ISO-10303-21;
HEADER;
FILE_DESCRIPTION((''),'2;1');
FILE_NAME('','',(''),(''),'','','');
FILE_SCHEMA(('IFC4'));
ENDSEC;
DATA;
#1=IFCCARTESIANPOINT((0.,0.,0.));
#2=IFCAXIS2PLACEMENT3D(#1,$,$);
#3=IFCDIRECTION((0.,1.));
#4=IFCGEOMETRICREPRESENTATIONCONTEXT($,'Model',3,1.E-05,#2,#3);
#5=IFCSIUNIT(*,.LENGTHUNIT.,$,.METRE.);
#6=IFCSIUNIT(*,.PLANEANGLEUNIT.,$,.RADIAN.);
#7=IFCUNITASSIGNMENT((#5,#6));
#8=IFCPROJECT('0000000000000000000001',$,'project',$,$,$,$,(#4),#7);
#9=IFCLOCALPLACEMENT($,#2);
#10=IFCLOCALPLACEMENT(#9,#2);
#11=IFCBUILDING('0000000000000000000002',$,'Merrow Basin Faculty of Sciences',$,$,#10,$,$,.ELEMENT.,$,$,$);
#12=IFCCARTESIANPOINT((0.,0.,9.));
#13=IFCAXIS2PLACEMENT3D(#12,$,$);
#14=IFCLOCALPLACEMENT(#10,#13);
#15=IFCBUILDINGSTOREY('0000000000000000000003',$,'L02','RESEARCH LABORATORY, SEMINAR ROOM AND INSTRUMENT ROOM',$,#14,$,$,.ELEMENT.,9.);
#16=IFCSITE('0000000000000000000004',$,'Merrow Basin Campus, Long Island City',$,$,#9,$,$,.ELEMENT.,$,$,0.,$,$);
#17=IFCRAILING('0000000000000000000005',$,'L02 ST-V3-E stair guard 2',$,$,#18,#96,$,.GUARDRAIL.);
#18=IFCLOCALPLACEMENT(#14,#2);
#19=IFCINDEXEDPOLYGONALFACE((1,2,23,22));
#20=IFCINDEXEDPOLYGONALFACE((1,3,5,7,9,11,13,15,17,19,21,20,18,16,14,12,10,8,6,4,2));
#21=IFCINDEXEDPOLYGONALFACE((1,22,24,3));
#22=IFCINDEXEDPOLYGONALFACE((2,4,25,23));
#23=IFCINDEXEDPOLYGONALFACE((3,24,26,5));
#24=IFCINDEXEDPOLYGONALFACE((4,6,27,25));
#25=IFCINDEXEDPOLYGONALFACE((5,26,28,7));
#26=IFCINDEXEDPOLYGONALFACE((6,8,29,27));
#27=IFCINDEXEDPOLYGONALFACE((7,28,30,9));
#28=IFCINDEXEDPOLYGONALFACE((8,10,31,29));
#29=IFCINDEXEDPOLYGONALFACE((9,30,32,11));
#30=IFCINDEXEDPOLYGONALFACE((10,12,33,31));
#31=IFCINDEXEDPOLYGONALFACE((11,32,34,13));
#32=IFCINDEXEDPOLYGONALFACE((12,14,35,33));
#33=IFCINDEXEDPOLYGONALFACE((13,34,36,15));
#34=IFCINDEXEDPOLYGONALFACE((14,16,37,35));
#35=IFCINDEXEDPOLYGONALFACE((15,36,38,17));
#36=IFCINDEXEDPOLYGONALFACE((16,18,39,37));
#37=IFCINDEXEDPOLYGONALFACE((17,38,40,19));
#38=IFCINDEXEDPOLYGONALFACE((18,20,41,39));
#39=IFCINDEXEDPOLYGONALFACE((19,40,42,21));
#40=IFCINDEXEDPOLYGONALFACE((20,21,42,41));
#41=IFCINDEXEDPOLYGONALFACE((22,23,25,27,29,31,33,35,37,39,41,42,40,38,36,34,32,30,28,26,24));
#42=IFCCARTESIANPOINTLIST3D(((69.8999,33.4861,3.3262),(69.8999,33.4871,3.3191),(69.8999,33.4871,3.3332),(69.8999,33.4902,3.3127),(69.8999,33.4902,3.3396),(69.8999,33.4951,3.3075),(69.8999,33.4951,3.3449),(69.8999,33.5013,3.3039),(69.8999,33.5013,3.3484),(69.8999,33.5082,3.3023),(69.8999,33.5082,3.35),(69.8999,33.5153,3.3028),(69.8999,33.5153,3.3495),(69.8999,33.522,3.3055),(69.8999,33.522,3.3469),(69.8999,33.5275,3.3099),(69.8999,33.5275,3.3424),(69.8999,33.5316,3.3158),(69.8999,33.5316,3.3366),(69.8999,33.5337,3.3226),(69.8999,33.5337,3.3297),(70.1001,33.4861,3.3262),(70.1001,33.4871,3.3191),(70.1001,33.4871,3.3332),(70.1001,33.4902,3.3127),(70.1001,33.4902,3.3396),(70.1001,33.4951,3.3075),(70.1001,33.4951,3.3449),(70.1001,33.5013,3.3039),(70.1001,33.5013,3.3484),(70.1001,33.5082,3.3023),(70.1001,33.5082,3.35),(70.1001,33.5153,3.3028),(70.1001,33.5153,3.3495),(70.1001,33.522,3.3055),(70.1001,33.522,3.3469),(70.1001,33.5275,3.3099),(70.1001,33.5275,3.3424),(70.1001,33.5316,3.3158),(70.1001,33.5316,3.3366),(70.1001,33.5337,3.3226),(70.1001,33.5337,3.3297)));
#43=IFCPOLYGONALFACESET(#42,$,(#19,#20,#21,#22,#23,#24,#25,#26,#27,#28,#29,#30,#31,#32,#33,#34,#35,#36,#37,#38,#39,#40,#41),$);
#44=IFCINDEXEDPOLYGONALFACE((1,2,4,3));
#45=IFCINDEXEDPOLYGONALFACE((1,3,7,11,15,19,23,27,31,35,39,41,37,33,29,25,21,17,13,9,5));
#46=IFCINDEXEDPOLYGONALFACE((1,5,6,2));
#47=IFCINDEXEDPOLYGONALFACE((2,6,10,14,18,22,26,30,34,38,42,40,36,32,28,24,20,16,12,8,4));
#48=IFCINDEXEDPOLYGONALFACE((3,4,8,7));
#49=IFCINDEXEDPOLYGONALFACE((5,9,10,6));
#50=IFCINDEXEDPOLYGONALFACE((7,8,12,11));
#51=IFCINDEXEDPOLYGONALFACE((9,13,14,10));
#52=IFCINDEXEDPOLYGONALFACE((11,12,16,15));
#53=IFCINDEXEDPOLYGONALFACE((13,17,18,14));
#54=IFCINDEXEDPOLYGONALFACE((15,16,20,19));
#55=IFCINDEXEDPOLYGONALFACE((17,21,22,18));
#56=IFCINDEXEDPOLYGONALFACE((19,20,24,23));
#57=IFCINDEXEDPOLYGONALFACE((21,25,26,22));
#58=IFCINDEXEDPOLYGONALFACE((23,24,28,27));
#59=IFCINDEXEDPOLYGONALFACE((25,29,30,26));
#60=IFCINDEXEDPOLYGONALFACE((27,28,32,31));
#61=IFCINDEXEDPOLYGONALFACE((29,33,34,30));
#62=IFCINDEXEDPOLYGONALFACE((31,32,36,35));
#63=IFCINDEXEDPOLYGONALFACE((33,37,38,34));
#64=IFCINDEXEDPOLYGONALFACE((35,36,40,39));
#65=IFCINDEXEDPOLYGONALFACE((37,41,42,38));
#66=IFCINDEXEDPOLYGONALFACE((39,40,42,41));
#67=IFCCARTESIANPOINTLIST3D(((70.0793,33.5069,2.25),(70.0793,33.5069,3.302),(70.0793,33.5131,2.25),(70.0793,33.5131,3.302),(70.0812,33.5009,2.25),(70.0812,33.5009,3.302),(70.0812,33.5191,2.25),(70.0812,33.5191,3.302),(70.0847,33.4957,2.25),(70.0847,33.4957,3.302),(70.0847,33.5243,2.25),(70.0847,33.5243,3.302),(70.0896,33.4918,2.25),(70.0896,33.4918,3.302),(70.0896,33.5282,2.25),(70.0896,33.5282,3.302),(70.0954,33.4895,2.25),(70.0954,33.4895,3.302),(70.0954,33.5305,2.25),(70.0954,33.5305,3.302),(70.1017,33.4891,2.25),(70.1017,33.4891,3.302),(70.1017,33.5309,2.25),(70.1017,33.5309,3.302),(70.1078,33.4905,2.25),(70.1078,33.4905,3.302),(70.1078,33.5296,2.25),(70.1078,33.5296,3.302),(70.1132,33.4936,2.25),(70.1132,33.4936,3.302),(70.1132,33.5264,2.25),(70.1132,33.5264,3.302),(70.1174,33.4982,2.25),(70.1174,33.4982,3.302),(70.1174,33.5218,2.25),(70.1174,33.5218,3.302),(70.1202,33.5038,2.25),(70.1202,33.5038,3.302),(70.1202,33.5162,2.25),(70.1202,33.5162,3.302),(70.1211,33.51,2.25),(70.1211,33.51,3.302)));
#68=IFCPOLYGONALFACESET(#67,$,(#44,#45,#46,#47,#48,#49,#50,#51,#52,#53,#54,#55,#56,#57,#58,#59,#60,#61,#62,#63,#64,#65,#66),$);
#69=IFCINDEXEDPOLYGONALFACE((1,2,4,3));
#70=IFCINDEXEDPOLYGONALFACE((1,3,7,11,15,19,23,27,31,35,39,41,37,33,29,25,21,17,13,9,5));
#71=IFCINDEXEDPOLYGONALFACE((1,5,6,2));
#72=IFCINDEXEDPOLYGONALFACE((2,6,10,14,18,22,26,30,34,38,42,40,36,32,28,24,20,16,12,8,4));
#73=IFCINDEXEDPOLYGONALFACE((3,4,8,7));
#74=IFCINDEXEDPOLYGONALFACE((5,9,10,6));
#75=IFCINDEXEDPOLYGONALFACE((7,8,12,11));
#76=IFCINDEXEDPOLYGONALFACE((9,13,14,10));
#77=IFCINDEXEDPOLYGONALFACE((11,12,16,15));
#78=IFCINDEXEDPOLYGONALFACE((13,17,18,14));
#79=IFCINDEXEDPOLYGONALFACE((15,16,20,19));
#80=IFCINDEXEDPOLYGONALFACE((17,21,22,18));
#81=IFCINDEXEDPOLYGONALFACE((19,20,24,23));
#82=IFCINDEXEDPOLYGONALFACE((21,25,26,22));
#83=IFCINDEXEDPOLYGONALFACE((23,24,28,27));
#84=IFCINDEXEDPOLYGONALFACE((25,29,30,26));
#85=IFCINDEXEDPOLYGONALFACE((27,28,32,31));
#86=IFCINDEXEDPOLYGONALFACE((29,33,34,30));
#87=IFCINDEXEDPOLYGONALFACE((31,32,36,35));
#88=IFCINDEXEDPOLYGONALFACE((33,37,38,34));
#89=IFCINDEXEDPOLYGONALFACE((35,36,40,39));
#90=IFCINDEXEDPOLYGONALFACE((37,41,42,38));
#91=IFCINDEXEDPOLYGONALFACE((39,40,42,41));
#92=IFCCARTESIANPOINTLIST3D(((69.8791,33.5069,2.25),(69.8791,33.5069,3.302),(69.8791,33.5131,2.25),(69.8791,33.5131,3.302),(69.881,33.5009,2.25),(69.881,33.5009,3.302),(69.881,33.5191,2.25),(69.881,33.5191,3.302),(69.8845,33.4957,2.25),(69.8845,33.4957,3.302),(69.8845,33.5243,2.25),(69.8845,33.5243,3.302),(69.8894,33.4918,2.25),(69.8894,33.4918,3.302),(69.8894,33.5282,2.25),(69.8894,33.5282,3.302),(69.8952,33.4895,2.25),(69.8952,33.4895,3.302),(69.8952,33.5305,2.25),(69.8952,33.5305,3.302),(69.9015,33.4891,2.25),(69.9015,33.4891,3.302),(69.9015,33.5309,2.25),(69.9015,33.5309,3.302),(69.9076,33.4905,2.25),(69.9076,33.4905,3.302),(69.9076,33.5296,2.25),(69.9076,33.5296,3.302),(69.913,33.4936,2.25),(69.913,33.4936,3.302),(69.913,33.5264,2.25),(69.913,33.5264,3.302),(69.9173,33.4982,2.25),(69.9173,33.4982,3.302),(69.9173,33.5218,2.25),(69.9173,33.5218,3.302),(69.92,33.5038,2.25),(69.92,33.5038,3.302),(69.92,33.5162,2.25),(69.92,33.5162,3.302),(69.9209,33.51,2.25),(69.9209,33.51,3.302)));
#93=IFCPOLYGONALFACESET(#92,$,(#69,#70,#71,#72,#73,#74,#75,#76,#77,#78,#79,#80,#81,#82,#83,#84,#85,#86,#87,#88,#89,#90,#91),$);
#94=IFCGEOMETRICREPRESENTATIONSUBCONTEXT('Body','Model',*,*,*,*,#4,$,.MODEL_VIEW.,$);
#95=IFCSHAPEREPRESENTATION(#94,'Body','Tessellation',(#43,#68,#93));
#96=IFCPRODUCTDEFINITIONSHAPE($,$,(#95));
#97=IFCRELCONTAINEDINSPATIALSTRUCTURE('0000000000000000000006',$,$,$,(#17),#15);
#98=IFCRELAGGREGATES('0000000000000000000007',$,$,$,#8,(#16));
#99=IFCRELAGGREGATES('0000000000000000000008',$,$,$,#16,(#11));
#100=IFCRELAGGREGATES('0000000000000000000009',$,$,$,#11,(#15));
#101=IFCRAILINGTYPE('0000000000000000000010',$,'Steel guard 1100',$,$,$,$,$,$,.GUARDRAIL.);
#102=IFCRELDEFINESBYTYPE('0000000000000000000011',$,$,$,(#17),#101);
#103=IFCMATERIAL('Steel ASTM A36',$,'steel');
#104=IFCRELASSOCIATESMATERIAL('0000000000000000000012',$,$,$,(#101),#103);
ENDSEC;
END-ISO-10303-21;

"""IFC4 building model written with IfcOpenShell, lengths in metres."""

from ifc_helpers import new_model, si_unit, direction, frame, origin, origin_2d, place, context, subcontext, project, spatial, circle, extrude, material, type_object, element, save


model = new_model("IFC4")

# Units and contexts
model_context = context("Model", 3, precision=1e-05, world=origin(), true_north=direction((0.0, 1.0)))
body_context = subcontext(model_context, "Body", "Model", "MODEL_VIEW")
ifc_project = project(units=[si_unit("LENGTHUNIT", "METRE"), si_unit("PLANEANGLEUNIT", "RADIAN")], contexts=[model_context])

# Site, building, storey
site_placement = place(None, origin())
site = spatial("IfcSite", under=ifc_project, at=site_placement, Name="Merrow Basin Campus, Long Island City", CompositionType="ELEMENT", RefElevation=0.0)
building_placement = place(site_placement, origin())
building = spatial("IfcBuilding", under=site, at=building_placement, Name="Merrow Basin Faculty of Sciences", CompositionType="ELEMENT")
storey_placement = place(building_placement, frame((0.0, 0.0, 9.0)))
storey = spatial("IfcBuildingStorey", under=building, at=storey_placement, Name="L02", Description="RESEARCH LABORATORY, SEMINAR ROOM AND INSTRUMENT ROOM", CompositionType="ELEMENT", Elevation=9.0)

# Railing
ifc_material_1 = material(Name="Steel ASTM A36", Category="steel")
railing_type = type_object("IfcRailingType", Name="Steel guard 1100", PredefinedType="GUARDRAIL", material=ifc_material_1)
railing_placement = place(storey_placement, frame((70.1001, 33.51, 2.25)))
element("IfcRailing", 1, at=railing_placement, inside=storey, type_object=railing_type, Name="L02 ST-V3-E stair guard 2", PredefinedType="GUARDRAIL", context=body_context, shape_type="SweptSolid", body=[
    extrude(circle(Radius=0.0239, at=origin_2d()), frame((0.0, 0.0, 1.0762), z_axis=(-1.0, 0.0, 0.0), x_axis=(0.0, -1.0, 0.0)), (0.0, 0.0, 1.0), 0.2002),
    extrude(circle(Radius=0.021, at=origin_2d()), origin(), (0.0, 0.0, 1.0), 1.052),
    extrude(circle(Radius=0.021, at=origin_2d()), frame((-0.2002, 0.0, 0.0)), (0.0, 0.0, 1.0), 1.052),
])

save(model, "model.ifc")
